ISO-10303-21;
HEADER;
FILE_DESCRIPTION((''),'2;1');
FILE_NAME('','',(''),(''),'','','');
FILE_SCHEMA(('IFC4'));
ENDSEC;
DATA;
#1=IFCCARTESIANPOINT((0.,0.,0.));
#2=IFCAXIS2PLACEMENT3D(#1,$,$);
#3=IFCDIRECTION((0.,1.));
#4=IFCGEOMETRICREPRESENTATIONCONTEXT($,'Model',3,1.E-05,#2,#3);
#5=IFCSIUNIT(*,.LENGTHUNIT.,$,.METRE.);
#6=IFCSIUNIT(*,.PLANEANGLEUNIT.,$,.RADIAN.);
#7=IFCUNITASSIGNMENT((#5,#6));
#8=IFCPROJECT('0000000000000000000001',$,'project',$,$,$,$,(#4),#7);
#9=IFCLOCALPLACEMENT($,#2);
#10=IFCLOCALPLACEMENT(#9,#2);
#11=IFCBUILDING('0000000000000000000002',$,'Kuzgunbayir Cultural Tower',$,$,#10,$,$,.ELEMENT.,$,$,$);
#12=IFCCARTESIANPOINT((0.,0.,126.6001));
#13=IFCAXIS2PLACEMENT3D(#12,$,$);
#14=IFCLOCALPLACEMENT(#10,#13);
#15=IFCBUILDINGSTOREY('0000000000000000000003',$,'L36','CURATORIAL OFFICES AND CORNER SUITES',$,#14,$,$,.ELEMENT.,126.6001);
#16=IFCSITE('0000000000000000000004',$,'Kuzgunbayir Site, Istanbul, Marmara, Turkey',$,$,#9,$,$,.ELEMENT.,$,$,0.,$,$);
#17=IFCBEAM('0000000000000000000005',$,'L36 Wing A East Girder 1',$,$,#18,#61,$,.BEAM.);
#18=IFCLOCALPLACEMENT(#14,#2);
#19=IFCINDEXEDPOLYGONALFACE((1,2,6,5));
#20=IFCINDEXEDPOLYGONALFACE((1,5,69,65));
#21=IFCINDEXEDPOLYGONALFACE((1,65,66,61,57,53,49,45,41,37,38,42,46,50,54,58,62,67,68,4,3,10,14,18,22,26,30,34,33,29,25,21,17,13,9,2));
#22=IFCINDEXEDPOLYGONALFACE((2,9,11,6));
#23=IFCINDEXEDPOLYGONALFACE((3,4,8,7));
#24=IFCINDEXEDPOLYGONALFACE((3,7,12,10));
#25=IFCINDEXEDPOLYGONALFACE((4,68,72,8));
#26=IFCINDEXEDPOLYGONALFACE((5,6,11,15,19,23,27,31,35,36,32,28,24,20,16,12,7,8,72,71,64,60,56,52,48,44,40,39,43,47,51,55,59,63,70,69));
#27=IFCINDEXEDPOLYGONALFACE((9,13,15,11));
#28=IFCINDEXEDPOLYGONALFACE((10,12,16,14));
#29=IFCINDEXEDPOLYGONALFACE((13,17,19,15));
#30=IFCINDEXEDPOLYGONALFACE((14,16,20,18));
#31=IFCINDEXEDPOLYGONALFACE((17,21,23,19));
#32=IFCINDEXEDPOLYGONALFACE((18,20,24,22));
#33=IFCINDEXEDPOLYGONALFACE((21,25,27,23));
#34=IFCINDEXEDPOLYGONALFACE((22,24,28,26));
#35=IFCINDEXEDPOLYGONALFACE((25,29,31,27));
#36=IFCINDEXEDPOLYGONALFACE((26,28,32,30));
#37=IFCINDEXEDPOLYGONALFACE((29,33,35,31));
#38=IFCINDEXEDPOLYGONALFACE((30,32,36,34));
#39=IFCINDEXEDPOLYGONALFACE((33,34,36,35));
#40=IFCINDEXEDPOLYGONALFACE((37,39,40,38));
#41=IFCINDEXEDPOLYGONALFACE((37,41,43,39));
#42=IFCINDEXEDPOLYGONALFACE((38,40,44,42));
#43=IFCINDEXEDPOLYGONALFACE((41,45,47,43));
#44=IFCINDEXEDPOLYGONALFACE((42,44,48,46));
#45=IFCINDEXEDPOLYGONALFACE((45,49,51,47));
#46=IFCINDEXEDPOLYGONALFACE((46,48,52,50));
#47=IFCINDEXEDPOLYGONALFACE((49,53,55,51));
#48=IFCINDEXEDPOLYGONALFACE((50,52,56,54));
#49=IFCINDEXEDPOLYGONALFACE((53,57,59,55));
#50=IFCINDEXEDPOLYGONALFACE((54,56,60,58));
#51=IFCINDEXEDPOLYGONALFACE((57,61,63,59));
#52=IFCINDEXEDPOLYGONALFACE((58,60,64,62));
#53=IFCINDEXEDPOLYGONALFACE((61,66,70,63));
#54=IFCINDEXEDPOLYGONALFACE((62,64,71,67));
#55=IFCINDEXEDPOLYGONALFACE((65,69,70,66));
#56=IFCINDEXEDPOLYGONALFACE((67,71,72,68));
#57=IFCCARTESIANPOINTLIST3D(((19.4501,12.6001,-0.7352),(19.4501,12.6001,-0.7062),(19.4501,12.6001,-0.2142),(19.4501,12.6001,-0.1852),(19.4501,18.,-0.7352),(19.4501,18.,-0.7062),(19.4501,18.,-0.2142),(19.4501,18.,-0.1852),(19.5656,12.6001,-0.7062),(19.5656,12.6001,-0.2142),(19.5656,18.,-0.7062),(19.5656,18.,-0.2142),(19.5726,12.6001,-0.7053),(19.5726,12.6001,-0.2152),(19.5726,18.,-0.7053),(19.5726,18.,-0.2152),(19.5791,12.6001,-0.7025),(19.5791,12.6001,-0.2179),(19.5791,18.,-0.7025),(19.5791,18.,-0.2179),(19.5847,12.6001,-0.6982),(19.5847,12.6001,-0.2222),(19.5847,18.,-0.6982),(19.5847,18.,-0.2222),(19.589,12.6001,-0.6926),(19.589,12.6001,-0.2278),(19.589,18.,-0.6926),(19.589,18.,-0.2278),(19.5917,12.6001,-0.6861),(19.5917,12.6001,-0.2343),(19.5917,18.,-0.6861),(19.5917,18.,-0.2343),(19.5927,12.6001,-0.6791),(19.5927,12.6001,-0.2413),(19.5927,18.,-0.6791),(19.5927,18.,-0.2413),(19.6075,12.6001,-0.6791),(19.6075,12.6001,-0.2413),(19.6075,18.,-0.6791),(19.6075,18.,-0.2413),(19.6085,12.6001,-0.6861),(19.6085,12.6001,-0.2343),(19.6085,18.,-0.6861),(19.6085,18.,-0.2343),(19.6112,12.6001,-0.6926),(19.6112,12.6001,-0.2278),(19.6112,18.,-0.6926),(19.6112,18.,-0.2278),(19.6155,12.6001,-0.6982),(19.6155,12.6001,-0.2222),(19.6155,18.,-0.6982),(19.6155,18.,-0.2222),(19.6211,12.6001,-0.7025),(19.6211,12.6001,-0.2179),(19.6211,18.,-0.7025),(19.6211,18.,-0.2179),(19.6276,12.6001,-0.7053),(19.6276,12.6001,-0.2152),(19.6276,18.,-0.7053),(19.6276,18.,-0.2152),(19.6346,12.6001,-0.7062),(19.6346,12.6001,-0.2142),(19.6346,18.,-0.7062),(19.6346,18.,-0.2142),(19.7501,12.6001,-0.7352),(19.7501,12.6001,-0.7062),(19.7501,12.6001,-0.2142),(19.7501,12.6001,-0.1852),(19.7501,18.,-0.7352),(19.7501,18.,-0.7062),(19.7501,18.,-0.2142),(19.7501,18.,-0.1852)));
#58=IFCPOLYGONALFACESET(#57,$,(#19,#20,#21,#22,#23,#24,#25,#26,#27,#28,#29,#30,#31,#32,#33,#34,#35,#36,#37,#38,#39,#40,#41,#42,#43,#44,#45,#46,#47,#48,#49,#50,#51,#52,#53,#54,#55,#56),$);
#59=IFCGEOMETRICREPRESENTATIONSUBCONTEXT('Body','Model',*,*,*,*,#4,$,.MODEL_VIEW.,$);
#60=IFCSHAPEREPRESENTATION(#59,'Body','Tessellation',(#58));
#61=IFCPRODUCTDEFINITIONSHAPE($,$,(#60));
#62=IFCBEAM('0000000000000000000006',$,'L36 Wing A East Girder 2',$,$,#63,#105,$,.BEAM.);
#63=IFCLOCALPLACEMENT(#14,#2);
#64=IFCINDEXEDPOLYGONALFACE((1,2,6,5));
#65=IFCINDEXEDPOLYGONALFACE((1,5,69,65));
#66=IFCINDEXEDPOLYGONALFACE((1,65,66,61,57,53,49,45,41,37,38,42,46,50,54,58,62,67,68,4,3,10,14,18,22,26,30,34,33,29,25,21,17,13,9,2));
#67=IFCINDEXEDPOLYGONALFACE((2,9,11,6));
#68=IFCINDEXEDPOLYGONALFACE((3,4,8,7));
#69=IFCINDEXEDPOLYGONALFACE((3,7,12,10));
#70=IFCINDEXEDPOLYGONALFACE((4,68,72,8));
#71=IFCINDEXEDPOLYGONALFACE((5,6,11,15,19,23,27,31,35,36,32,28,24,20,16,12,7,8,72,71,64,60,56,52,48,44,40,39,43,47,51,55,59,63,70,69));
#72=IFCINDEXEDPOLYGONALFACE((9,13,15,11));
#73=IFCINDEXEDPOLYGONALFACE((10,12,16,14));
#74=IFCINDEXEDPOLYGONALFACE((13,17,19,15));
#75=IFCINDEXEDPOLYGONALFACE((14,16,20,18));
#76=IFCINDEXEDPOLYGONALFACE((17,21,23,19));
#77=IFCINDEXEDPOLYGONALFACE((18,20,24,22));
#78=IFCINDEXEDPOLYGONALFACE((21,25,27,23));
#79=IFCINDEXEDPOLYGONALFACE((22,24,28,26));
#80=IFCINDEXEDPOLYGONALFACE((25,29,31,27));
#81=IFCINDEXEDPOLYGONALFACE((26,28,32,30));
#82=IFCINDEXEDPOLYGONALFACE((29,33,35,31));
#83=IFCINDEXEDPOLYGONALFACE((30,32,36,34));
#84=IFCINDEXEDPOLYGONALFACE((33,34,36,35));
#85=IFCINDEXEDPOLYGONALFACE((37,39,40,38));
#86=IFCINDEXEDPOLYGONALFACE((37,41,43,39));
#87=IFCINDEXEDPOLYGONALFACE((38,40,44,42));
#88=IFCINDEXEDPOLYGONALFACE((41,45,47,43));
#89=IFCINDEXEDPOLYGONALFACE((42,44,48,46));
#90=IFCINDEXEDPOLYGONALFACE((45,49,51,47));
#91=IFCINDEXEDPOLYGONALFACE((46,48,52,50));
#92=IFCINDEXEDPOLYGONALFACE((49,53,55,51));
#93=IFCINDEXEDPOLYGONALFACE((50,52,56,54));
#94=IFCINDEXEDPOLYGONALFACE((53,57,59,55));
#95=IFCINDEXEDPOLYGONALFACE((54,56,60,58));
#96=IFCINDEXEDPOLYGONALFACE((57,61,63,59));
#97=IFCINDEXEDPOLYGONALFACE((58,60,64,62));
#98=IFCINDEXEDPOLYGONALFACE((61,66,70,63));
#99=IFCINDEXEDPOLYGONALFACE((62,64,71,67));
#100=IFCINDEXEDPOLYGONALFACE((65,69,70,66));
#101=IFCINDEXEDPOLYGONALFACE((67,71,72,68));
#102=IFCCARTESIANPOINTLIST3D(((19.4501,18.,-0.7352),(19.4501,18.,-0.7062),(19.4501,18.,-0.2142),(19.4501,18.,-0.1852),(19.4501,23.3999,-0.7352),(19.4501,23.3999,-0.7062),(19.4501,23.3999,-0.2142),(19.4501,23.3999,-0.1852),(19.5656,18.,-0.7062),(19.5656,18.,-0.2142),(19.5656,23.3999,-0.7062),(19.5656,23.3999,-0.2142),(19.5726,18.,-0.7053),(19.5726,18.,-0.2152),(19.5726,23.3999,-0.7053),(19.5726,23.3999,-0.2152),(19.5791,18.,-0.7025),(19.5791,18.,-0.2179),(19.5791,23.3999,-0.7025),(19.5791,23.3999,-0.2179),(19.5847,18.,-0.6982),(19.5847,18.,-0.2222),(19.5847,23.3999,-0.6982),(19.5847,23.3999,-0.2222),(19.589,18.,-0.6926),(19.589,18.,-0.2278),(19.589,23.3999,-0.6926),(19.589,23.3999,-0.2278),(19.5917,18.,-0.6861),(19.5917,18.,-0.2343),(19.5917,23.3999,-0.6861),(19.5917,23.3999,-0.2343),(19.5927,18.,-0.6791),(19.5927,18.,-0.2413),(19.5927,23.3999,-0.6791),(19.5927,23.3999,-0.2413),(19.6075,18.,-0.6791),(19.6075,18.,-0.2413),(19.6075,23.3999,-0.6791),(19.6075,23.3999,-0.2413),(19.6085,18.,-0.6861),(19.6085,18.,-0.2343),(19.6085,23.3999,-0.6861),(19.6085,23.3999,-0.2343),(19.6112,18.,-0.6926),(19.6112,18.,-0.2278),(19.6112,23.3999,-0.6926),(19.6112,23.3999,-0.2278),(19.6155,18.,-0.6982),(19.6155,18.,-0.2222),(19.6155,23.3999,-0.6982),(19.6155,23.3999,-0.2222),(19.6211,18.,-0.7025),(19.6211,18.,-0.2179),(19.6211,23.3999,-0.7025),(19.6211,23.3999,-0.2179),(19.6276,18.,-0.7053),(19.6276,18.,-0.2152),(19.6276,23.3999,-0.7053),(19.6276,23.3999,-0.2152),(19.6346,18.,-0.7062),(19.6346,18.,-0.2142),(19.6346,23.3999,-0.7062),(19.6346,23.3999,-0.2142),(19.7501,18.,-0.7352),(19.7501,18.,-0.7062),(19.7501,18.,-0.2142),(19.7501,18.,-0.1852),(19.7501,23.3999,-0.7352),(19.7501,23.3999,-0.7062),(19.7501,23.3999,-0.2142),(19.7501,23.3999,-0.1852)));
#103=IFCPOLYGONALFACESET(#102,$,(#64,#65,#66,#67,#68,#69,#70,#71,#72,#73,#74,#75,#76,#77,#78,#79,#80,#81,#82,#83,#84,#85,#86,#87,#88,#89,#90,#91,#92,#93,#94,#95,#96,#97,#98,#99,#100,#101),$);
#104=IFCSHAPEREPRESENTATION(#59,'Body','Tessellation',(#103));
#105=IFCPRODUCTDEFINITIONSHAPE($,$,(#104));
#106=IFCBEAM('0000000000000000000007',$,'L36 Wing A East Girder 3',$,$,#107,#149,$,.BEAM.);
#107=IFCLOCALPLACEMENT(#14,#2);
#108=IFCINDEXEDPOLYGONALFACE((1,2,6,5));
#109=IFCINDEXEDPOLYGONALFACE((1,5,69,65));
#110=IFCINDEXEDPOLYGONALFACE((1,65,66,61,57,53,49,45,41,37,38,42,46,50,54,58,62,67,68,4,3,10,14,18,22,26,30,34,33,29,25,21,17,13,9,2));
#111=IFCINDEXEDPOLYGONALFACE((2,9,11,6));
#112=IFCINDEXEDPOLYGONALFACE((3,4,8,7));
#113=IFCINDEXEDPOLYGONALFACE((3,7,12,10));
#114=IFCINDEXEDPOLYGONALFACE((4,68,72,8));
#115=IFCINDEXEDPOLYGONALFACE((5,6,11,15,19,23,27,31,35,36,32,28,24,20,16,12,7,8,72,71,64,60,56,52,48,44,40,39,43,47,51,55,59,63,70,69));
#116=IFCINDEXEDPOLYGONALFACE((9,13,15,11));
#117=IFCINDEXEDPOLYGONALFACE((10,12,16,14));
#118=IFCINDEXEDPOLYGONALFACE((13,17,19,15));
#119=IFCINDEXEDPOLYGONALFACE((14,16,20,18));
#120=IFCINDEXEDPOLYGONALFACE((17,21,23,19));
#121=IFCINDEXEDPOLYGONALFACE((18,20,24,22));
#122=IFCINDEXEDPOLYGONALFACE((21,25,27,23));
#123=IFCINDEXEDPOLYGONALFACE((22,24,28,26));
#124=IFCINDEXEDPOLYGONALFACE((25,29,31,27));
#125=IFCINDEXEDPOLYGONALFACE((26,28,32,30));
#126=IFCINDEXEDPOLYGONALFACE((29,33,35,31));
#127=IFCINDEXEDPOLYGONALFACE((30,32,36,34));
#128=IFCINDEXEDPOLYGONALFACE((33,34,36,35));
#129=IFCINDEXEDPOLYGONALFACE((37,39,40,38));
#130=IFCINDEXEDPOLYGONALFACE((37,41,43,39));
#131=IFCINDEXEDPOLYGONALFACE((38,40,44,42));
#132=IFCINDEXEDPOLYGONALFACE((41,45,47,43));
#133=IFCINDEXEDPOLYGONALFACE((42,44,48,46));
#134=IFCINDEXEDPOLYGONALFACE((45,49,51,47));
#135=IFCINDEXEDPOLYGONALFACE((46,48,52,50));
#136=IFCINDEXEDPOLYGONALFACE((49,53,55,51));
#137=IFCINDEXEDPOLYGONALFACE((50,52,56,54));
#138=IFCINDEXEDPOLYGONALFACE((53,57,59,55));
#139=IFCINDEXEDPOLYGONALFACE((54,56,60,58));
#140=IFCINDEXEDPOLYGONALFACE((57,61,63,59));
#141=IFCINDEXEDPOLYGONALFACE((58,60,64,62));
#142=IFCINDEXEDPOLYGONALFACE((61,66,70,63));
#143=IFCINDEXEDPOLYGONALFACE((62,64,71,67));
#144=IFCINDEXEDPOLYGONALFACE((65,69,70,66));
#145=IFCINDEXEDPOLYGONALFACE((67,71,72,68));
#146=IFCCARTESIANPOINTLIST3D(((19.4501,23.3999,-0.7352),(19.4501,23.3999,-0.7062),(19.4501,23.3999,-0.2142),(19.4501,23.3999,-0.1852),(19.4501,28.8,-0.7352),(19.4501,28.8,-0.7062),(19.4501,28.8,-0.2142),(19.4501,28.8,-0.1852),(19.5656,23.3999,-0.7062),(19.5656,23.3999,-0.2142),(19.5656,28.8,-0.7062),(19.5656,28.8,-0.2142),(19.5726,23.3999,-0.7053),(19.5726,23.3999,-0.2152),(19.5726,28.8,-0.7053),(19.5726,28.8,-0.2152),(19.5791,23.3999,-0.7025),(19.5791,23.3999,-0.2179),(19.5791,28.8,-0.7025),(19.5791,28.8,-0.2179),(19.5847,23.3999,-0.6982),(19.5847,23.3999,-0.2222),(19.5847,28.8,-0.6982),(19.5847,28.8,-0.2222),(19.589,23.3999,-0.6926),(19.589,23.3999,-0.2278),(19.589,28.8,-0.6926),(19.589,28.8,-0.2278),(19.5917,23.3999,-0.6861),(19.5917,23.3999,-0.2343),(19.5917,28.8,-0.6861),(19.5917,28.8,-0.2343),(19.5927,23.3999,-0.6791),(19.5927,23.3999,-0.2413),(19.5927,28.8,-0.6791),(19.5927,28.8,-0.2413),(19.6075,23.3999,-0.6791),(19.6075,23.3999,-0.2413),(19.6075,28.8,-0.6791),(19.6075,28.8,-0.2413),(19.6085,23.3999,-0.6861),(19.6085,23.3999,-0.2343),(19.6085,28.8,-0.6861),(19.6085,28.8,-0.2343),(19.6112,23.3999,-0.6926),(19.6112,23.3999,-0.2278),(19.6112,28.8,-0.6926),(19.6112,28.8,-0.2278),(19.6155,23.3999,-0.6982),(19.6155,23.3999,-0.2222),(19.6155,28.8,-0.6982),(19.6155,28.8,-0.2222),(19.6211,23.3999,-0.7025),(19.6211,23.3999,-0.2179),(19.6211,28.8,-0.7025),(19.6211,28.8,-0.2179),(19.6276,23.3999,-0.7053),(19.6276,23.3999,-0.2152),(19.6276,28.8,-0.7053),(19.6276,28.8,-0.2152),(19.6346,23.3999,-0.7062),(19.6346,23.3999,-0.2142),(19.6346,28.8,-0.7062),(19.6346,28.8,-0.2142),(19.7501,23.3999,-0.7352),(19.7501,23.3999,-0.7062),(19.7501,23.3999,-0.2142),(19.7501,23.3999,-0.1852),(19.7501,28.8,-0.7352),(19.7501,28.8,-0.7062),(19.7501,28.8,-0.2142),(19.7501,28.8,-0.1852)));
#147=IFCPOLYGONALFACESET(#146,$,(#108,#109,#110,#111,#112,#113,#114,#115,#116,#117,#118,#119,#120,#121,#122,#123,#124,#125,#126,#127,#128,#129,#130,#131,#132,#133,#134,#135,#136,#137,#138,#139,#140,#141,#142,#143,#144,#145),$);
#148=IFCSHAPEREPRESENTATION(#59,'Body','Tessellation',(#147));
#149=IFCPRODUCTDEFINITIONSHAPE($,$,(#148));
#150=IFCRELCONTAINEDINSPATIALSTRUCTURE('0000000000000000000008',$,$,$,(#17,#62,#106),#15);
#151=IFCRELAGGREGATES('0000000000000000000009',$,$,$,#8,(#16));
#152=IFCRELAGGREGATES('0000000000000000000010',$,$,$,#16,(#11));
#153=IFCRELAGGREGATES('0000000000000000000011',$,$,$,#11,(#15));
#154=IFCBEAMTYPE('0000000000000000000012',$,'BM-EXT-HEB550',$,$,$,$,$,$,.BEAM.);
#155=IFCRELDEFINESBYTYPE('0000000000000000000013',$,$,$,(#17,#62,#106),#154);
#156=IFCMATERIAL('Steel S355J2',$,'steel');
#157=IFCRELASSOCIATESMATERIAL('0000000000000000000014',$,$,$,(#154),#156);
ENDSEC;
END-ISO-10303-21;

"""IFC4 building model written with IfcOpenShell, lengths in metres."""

from ifc_helpers import new_model, si_unit, direction, frame, origin, origin_2d, place, context, subcontext, project, spatial, i_section, extrude, material, material_profile, profile_set, type_object, element, save


model = new_model("IFC4")

# Units and contexts
model_context = context("Model", 3, precision=1e-05, world=origin(), true_north=direction((0.0, 1.0)))
body_context = subcontext(model_context, "Body", "Model", "MODEL_VIEW")
ifc_project = project(units=[si_unit("LENGTHUNIT", "METRE"), si_unit("PLANEANGLEUNIT", "RADIAN")], contexts=[model_context])

# Site, building, storey
site_placement = place(None, origin())
site = spatial("IfcSite", under=ifc_project, at=site_placement, Name="Kuzgunbayir Site, Istanbul, Marmara, Turkey", CompositionType="ELEMENT", RefElevation=0.0)
building_placement = place(site_placement, origin())
building = spatial("IfcBuilding", under=site, at=building_placement, Name="Kuzgunbayir Cultural Tower", CompositionType="ELEMENT")
storey_placement = place(building_placement, frame((0.0, 0.0, 126.6001)))
storey = spatial("IfcBuildingStorey", under=building, at=storey_placement, Name="L36", Description="CURATORIAL OFFICES AND CORNER SUITES", CompositionType="ELEMENT", Elevation=126.6001)

# Beams
ifc_material_1 = material(Name="Steel S355J2", Category="steel")
ifc_material_profile_1 = material_profile(ifc_material_1, i_section(OverallWidth=0.3, OverallDepth=0.55, WebThickness=0.0149, FlangeThickness=0.0291, FilletRadius=0.0271, at=origin_2d()), Name="HEB 550")
ifc_profile_set_1 = profile_set([ifc_material_profile_1], Name="Steel S355J2")
beam_type_1 = type_object("IfcBeamType", Name="BM-EXT-HEB550", PredefinedType="BEAM", material=ifc_profile_set_1)
for number, where, z_axis, x_axis, name in (
    (1, (19.6001, 12.6001, -0.4602), (0.0, 1.0, 0.0), (-1.0, 0.0, 0.0), "L36 Wing A East Girder 1"),
    (2, (19.6001, 18.0, -0.4602), (0.0, 1.0, 0.0), (-1.0, 0.0, 0.0), "L36 Wing A East Girder 2"),
):
    element("IfcBeam", number, at=place(storey_placement, frame(where, z_axis=z_axis, x_axis=x_axis)), inside=storey, type_object=beam_type_1, Name=name, PredefinedType="BEAM", context=body_context, shape_type="SweptSolid", body=[
        extrude(i_section(OverallWidth=0.3, OverallDepth=0.55, WebThickness=0.0149, FlangeThickness=0.0291, FilletRadius=0.0271, at=origin_2d()), origin(), (0.0, 0.0, 1.0), 5.3999),
    ])
beam_1_placement = place(storey_placement, frame((19.6001, 23.3999, -0.4602), z_axis=(0.0, 1.0, 0.0), x_axis=(-1.0, 0.0, 0.0)))
element("IfcBeam", 3, at=beam_1_placement, inside=storey, type_object=beam_type_1, Name="L36 Wing A East Girder 3", PredefinedType="BEAM", context=body_context, shape_type="SweptSolid", body=[
    extrude(i_section(OverallWidth=0.3, OverallDepth=0.55, WebThickness=0.0149, FlangeThickness=0.0291, FilletRadius=0.0271, at=origin_2d()), origin(), (0.0, 0.0, 1.0), 5.4001),
])

save(model, "model.ifc")
